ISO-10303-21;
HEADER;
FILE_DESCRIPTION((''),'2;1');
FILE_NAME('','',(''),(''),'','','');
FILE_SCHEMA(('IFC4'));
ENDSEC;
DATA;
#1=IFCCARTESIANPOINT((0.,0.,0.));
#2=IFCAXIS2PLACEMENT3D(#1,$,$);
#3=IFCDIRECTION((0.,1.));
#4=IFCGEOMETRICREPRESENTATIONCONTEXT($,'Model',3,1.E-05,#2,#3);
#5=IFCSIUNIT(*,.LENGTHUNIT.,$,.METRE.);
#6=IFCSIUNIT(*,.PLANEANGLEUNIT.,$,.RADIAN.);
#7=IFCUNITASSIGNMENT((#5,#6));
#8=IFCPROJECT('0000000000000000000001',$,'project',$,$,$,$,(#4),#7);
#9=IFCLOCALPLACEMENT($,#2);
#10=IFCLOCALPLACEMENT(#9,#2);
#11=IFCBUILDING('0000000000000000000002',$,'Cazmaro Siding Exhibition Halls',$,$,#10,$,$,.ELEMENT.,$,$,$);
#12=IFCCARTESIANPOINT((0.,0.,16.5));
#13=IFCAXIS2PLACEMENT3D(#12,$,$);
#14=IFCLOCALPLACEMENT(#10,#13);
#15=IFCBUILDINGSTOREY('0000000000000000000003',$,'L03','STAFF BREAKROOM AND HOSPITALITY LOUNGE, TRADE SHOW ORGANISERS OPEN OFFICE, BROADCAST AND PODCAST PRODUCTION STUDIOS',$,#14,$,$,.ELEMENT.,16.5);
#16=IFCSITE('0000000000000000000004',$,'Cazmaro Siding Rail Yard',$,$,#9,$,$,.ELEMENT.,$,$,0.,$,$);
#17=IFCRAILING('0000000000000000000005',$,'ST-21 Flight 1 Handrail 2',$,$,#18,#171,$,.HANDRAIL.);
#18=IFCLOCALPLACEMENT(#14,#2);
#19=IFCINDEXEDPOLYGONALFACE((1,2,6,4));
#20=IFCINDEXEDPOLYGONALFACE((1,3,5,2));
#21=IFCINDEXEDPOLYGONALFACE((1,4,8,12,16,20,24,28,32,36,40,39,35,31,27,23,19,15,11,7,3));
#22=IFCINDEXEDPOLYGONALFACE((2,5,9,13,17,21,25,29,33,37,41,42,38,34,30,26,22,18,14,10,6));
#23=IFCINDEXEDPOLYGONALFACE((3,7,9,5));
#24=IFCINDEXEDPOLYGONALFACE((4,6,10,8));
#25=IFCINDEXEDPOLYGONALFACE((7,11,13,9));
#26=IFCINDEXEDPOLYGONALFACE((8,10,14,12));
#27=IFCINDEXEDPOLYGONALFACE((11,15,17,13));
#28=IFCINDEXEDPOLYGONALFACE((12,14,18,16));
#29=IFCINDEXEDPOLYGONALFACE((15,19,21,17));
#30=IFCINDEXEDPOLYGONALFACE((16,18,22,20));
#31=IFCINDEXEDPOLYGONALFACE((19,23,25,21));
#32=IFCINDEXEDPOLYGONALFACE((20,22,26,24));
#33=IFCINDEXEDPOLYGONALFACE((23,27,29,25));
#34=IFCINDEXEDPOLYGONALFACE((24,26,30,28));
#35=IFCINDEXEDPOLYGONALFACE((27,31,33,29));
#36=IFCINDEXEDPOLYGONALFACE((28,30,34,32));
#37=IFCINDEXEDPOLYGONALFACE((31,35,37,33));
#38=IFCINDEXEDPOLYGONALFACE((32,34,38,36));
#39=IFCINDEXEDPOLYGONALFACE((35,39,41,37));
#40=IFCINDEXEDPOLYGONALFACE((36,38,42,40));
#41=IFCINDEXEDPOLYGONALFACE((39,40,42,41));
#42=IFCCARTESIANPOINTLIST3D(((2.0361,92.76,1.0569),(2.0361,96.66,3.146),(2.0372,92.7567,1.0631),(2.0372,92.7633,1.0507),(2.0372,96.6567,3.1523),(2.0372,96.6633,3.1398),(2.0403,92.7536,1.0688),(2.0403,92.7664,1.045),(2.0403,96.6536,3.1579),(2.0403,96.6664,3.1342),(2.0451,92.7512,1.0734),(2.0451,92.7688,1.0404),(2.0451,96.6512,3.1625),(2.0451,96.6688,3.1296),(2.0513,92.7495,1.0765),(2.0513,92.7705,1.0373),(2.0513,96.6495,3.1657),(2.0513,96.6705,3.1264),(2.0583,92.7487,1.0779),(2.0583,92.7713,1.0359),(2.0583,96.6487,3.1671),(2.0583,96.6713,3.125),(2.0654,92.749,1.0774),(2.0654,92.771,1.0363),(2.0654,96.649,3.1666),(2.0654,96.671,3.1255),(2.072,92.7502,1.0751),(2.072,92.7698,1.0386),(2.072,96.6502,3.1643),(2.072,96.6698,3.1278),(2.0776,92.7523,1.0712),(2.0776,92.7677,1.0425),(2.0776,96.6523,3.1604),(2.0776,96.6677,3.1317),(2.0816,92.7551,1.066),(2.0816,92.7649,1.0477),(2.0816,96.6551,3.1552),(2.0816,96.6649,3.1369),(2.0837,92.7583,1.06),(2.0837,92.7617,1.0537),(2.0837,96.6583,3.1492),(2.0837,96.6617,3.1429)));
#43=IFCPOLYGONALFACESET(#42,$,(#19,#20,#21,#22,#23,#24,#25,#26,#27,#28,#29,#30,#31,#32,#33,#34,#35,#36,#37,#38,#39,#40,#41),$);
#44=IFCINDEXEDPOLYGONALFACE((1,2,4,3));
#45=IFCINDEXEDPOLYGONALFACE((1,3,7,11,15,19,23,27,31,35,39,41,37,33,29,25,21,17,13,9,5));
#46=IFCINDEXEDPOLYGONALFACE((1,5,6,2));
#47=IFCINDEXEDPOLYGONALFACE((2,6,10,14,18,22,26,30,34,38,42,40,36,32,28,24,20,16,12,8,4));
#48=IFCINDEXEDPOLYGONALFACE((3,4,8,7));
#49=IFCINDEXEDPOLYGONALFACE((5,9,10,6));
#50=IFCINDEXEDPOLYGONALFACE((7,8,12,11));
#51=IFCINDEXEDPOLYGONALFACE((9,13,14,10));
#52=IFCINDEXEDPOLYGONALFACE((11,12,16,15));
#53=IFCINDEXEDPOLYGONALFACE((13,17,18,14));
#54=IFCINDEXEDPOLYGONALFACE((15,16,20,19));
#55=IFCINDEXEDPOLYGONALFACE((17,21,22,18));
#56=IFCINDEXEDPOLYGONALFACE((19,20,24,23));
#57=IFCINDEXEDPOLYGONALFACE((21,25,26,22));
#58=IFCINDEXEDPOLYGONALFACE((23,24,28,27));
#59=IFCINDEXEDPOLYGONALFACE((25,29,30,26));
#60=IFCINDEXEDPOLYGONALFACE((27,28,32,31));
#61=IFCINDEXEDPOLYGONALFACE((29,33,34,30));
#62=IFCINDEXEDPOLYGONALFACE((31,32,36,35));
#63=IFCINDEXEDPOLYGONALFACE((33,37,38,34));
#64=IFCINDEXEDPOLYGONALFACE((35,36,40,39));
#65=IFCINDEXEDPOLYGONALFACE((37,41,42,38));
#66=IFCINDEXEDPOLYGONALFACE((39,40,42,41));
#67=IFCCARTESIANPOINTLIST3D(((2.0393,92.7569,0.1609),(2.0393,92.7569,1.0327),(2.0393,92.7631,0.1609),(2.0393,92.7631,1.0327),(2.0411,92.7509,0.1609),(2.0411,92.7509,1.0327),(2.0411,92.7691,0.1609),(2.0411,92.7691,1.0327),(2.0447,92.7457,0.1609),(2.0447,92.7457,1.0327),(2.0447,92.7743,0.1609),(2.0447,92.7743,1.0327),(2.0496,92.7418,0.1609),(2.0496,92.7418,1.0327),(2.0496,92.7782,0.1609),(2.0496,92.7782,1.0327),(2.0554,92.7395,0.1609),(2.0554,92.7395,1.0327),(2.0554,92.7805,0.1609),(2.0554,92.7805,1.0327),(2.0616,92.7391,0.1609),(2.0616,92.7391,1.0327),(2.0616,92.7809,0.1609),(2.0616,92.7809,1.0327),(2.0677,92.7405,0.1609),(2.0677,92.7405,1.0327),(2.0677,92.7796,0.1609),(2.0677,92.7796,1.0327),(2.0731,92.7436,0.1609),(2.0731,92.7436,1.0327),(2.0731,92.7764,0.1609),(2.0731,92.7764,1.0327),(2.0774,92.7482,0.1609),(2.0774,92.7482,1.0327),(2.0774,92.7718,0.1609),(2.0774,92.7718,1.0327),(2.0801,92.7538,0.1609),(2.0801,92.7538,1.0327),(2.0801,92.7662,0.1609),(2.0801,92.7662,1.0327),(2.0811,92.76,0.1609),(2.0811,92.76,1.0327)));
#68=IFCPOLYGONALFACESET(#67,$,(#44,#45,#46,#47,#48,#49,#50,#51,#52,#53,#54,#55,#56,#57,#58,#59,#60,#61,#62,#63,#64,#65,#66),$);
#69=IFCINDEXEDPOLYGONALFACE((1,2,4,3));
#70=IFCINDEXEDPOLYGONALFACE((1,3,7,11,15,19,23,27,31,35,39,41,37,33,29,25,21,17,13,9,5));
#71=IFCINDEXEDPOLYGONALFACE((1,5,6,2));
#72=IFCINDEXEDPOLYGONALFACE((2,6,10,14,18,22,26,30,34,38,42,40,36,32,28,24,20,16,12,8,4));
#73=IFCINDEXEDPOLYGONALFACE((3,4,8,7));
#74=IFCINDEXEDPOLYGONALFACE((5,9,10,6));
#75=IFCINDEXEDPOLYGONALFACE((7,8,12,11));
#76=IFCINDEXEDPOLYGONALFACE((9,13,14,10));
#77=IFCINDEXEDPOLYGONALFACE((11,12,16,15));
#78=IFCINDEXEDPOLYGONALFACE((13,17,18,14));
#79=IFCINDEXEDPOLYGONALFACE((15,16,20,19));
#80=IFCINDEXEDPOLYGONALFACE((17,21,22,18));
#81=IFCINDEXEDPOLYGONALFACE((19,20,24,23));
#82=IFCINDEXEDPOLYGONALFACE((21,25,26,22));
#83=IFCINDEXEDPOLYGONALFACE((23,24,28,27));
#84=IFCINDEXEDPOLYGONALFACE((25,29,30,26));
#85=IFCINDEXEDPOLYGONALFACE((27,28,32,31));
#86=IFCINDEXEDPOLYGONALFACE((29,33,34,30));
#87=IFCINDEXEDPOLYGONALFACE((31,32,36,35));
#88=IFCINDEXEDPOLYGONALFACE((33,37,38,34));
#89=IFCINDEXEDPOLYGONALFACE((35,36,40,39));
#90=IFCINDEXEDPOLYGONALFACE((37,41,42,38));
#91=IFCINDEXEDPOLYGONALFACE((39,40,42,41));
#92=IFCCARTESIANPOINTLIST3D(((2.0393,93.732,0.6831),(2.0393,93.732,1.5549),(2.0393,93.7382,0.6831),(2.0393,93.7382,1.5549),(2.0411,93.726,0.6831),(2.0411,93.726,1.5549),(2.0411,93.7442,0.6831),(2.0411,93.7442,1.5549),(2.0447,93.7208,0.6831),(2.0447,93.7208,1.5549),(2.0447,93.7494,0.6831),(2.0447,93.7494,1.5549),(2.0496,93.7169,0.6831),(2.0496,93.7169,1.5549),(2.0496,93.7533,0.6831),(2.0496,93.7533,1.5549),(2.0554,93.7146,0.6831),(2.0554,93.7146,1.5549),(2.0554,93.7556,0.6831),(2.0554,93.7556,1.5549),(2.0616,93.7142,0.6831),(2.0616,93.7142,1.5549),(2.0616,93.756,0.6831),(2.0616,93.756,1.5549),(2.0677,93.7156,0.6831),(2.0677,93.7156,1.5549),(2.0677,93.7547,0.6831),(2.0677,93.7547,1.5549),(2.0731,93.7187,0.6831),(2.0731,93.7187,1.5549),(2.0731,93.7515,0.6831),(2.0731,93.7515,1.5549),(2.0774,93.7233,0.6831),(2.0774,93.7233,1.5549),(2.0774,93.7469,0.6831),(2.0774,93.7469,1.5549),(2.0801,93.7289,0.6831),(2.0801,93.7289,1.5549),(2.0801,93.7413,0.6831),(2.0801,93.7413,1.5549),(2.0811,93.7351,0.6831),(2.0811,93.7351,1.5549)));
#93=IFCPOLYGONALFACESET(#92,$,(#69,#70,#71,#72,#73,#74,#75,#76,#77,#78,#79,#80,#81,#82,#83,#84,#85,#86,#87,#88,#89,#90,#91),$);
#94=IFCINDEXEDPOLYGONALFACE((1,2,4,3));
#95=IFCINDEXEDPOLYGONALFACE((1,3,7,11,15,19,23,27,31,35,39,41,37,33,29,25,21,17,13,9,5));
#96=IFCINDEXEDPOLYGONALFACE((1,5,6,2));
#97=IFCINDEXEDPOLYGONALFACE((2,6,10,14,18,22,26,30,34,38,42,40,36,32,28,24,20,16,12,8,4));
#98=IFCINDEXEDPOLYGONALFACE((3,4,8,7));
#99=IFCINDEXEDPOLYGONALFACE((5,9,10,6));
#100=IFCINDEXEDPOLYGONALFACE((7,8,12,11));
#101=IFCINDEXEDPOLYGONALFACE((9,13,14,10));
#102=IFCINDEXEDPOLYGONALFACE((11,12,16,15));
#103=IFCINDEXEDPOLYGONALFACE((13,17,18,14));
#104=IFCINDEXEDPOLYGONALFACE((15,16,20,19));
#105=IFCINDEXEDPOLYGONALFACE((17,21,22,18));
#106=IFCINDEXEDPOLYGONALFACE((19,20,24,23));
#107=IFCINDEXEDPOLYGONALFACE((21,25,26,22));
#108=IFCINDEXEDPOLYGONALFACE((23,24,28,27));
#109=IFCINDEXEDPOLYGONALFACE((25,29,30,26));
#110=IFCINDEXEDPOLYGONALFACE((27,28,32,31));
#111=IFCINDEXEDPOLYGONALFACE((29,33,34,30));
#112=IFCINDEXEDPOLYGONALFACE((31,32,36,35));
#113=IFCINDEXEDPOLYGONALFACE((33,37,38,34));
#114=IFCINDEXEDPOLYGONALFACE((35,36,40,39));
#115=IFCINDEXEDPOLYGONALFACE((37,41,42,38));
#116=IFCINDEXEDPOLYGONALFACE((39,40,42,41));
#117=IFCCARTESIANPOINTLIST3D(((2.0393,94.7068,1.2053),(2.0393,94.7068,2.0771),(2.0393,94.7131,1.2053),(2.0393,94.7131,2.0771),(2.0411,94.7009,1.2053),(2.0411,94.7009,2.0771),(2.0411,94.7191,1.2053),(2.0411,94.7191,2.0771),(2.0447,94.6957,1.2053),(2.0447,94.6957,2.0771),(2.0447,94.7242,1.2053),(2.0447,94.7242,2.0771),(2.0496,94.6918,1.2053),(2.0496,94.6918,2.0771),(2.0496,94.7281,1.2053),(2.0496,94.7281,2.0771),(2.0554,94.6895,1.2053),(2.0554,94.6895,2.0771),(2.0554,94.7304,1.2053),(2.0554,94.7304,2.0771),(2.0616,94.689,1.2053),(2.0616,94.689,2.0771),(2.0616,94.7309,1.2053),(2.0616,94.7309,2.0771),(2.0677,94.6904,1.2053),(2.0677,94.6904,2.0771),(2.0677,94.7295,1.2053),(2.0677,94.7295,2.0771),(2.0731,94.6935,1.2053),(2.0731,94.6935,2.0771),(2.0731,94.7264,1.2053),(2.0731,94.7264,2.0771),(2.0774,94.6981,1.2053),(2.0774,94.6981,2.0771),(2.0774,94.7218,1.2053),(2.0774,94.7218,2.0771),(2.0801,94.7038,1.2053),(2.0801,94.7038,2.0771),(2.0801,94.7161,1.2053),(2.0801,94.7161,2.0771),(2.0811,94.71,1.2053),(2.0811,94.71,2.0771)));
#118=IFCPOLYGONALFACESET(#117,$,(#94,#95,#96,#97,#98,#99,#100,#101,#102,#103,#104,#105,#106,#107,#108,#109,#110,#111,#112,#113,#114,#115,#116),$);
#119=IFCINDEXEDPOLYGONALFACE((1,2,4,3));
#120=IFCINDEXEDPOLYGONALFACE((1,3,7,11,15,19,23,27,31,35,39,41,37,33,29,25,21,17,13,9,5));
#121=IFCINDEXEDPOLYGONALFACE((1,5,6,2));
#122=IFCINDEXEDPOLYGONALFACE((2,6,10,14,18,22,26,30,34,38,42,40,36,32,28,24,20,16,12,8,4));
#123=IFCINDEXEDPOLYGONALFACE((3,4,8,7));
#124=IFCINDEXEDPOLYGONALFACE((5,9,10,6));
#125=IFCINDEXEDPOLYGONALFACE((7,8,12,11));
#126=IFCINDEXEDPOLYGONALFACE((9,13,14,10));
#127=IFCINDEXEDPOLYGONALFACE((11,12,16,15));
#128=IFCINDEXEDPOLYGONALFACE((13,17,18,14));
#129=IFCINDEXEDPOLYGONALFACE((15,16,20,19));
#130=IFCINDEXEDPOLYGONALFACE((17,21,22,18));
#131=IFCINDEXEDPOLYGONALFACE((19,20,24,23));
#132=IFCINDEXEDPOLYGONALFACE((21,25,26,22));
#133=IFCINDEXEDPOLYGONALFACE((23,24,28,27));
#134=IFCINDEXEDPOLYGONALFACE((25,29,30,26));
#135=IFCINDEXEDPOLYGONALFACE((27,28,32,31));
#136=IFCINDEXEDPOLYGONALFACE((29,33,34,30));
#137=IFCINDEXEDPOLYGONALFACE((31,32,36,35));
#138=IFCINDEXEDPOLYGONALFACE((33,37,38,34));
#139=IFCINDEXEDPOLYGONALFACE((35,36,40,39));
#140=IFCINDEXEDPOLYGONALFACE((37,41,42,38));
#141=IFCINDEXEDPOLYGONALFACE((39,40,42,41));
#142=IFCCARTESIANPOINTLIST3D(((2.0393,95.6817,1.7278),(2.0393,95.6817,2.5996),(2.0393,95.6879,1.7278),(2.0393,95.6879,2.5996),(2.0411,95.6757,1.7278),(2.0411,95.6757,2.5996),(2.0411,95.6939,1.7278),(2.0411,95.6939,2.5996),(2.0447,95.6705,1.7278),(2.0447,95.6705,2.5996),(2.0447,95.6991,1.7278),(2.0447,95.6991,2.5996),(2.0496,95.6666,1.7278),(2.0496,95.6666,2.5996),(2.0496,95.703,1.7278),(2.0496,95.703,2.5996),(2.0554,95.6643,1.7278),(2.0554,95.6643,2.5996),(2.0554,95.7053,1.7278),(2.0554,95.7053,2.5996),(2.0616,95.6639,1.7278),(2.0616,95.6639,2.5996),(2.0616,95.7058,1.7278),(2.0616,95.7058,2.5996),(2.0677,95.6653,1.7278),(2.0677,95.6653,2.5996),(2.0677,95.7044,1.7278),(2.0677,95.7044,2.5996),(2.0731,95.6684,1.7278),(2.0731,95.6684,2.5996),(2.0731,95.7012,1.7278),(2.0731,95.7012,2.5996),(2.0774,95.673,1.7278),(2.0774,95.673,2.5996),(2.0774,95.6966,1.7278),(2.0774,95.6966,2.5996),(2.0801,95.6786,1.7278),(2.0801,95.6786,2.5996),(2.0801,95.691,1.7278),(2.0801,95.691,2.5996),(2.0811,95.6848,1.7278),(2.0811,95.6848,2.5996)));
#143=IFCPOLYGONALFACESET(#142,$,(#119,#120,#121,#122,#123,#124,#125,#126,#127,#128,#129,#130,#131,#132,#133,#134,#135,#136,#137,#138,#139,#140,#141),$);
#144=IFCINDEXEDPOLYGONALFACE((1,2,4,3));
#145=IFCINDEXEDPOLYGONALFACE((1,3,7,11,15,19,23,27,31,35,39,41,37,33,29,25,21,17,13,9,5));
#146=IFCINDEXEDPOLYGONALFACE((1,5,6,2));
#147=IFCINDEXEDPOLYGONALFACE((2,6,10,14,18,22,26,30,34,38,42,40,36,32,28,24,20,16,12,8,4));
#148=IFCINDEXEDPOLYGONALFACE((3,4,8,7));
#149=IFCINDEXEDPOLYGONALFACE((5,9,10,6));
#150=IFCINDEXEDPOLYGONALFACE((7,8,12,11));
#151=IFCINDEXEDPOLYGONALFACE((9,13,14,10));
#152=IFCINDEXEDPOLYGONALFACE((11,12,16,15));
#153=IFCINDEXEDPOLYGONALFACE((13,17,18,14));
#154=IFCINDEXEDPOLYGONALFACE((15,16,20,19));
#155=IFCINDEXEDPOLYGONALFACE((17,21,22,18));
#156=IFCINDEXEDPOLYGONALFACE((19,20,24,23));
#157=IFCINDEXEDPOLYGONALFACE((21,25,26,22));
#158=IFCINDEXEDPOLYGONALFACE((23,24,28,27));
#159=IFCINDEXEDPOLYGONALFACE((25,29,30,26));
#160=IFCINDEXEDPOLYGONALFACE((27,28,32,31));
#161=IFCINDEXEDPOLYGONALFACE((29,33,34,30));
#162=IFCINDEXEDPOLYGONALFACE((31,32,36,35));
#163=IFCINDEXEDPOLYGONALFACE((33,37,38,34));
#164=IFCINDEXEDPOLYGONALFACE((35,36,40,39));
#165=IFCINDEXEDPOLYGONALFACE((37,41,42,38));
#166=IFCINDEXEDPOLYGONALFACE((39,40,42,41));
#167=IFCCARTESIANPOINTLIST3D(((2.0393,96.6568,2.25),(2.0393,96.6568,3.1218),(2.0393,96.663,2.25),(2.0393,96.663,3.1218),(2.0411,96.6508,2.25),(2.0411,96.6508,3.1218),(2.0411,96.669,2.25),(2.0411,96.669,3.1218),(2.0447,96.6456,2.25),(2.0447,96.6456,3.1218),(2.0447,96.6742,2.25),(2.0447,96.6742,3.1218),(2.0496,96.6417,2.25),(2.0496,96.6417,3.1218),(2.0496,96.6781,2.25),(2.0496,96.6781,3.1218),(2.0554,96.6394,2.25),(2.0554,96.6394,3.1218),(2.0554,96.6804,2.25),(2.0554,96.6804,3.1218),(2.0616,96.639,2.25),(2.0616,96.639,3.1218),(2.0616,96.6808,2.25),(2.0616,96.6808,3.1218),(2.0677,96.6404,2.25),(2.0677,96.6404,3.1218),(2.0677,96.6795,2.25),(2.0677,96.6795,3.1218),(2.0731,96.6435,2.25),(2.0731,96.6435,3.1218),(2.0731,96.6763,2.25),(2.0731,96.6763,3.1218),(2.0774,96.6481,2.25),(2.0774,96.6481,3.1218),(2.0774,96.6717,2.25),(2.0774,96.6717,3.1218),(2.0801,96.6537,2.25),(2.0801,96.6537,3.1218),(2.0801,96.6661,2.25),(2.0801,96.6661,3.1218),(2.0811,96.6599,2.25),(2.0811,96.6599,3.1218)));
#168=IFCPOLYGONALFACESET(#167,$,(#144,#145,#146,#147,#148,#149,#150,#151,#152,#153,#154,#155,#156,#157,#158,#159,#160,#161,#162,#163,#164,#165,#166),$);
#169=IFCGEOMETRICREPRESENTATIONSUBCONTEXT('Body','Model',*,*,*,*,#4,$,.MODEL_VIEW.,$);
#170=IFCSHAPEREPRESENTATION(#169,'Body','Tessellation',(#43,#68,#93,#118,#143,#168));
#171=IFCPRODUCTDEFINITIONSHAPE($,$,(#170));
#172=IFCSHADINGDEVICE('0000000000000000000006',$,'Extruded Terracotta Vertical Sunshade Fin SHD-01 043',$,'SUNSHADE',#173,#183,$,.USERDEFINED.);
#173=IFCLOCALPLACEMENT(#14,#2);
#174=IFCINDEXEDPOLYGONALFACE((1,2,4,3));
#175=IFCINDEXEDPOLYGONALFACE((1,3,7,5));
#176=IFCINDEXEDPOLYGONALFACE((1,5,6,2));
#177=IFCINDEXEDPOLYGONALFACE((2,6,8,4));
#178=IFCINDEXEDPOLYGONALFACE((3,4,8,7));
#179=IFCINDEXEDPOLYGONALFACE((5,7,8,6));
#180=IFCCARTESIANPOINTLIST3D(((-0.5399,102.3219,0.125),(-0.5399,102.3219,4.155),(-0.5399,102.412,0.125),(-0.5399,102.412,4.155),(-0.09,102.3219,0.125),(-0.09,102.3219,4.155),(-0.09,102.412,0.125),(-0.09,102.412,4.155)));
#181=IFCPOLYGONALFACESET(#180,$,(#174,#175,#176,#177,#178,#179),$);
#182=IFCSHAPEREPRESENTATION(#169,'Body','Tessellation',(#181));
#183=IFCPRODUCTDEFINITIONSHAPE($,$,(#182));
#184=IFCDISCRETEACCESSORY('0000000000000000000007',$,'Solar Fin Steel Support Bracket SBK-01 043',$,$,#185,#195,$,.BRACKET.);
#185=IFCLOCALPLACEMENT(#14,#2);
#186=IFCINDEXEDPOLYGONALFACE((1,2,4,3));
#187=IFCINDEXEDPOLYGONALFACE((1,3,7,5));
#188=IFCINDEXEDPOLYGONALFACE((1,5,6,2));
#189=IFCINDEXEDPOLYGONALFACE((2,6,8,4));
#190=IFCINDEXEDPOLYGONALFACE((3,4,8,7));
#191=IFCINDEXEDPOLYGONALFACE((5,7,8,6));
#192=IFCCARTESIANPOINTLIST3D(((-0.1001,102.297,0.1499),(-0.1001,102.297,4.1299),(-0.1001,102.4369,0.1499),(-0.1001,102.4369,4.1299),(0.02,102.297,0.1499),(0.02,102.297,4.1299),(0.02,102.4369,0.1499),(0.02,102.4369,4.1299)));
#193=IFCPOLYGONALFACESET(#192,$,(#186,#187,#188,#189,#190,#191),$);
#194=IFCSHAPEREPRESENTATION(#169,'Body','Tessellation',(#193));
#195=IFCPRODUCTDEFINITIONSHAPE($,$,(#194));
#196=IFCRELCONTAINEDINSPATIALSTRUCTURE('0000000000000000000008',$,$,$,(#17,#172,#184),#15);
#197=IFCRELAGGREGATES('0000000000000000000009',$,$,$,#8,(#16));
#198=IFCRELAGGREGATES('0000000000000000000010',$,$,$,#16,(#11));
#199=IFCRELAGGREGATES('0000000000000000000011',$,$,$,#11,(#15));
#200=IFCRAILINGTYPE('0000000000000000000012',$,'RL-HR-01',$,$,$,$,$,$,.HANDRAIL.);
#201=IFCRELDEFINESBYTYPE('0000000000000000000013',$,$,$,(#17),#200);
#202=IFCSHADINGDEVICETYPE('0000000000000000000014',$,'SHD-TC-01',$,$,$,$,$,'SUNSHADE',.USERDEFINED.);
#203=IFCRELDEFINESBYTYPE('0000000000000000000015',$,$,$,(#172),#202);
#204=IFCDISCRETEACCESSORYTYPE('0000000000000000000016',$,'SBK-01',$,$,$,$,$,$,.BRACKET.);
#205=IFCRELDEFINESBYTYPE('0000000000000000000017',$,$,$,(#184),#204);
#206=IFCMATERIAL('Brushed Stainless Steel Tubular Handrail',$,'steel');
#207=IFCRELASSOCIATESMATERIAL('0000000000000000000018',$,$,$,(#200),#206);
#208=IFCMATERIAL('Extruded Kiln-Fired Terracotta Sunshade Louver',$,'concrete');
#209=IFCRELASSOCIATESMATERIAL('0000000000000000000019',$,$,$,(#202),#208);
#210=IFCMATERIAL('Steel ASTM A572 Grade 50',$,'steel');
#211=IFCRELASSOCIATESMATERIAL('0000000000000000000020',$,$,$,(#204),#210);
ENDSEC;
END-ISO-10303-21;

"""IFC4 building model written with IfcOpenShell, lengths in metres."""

from ifc_helpers import new_model, si_unit, direction, frame, origin, origin_2d, place, context, subcontext, project, spatial, rectangle, circle, extrude, material, type_object, element, save


model = new_model("IFC4")

# Units and contexts
model_context = context("Model", 3, precision=1e-05, world=origin(), true_north=direction((0.0, 1.0)))
body_context = subcontext(model_context, "Body", "Model", "MODEL_VIEW")
ifc_project = project(units=[si_unit("LENGTHUNIT", "METRE"), si_unit("PLANEANGLEUNIT", "RADIAN")], contexts=[model_context])

# Site, building, storey
site_placement = place(None, origin())
site = spatial("IfcSite", under=ifc_project, at=site_placement, Name="Cazmaro Siding Rail Yard", CompositionType="ELEMENT", RefElevation=0.0)
building_placement = place(site_placement, origin())
building = spatial("IfcBuilding", under=site, at=building_placement, Name="Cazmaro Siding Exhibition Halls", CompositionType="ELEMENT")
storey_placement = place(building_placement, frame((0.0, 0.0, 16.5)))
storey = spatial("IfcBuildingStorey", under=building, at=storey_placement, Name="L03", Description="STAFF BREAKROOM AND HOSPITALITY LOUNGE, TRADE SHOW ORGANISERS OPEN OFFICE, BROADCAST AND PODCAST PRODUCTION STUDIOS", CompositionType="ELEMENT", Elevation=16.5)

# Railing
ifc_material_1 = material(Name="Brushed Stainless Steel Tubular Handrail", Category="steel")
railing_type_1 = type_object("IfcRailingType", Name="RL-HR-01", PredefinedType="HANDRAIL", material=ifc_material_1)
railing_1_placement = place(storey_placement, frame((2.0601, 92.76, 0.1609)))
element("IfcRailing", 1, at=railing_1_placement, inside=storey, type_object=railing_type_1, Name="ST-21 Flight 1 Handrail 2", PredefinedType="HANDRAIL", context=body_context, shape_type="SweptSolid", body=[
    extrude(circle(Radius=0.0239, at=origin_2d()), frame((0.0, 0.0, 0.896), z_axis=(0.0, 0.881491, 0.4722), x_axis=(-1.0, 0.0, 0.0)), (0.0, 0.0, 1.0), 4.4243),
    extrude(circle(Radius=0.021, at=origin_2d()), origin(), (0.0, 0.0, 1.0), 0.8718),
    extrude(circle(Radius=0.021, at=origin_2d()), frame((0.0, 0.9751, 0.5222)), (0.0, 0.0, 1.0), 0.8718),
    extrude(circle(Radius=0.021, at=origin_2d()), frame((0.0, 1.95, 1.0444)), (0.0, 0.0, 1.0), 0.8718),
    extrude(circle(Radius=0.021, at=origin_2d()), frame((0.0, 2.9248, 1.5669)), (0.0, 0.0, 1.0), 0.8718),
    extrude(circle(Radius=0.021, at=origin_2d()), frame((0.0, 3.8999, 2.0891)), (0.0, 0.0, 1.0), 0.8718),
])

# Shading device
ifc_material_2 = material(Name="Extruded Kiln-Fired Terracotta Sunshade Louver", Category="concrete")
shading_device_type = type_object("IfcShadingDeviceType", Name="SHD-TC-01", ElementType="SUNSHADE", PredefinedType="USERDEFINED", material=ifc_material_2)
shading_device_placement = place(storey_placement, frame((-0.3149, 102.3669, 0.125), z_axis=(0.0, 0.0, 1.0), x_axis=(1.0, 0.0, 0.0)))
element("IfcShadingDevice", 2, at=shading_device_placement, inside=storey, type_object=shading_device_type, Name="Extruded Terracotta Vertical Sunshade Fin SHD-01 043", ObjectType="SUNSHADE", PredefinedType="USERDEFINED", context=body_context, shape_type="SweptSolid", body=[
    extrude(rectangle(XDim=0.45, YDim=0.0901, at=origin_2d()), origin(), (0.0, 0.0, 1.0), 4.03),
])

# Discrete accessory
ifc_material_3 = material(Name="Steel ASTM A572 Grade 50", Category="steel")
discrete_accessory_type = type_object("IfcDiscreteAccessoryType", Name="SBK-01", PredefinedType="BRACKET", material=ifc_material_3)
discrete_accessory_placement = place(storey_placement, frame((-0.04, 102.3669, 0.1499), z_axis=(0.0, 0.0, 1.0), x_axis=(1.0, 0.0, 0.0)))
element("IfcDiscreteAccessory", 3, at=discrete_accessory_placement, inside=storey, type_object=discrete_accessory_type, Name="Solar Fin Steel Support Bracket SBK-01 043", PredefinedType="BRACKET", context=body_context, shape_type="SweptSolid", body=[
    extrude(rectangle(XDim=0.1201, YDim=0.1399, at=origin_2d()), origin(), (0.0, 0.0, 1.0), 3.98),
])

save(model, "model.ifc")
